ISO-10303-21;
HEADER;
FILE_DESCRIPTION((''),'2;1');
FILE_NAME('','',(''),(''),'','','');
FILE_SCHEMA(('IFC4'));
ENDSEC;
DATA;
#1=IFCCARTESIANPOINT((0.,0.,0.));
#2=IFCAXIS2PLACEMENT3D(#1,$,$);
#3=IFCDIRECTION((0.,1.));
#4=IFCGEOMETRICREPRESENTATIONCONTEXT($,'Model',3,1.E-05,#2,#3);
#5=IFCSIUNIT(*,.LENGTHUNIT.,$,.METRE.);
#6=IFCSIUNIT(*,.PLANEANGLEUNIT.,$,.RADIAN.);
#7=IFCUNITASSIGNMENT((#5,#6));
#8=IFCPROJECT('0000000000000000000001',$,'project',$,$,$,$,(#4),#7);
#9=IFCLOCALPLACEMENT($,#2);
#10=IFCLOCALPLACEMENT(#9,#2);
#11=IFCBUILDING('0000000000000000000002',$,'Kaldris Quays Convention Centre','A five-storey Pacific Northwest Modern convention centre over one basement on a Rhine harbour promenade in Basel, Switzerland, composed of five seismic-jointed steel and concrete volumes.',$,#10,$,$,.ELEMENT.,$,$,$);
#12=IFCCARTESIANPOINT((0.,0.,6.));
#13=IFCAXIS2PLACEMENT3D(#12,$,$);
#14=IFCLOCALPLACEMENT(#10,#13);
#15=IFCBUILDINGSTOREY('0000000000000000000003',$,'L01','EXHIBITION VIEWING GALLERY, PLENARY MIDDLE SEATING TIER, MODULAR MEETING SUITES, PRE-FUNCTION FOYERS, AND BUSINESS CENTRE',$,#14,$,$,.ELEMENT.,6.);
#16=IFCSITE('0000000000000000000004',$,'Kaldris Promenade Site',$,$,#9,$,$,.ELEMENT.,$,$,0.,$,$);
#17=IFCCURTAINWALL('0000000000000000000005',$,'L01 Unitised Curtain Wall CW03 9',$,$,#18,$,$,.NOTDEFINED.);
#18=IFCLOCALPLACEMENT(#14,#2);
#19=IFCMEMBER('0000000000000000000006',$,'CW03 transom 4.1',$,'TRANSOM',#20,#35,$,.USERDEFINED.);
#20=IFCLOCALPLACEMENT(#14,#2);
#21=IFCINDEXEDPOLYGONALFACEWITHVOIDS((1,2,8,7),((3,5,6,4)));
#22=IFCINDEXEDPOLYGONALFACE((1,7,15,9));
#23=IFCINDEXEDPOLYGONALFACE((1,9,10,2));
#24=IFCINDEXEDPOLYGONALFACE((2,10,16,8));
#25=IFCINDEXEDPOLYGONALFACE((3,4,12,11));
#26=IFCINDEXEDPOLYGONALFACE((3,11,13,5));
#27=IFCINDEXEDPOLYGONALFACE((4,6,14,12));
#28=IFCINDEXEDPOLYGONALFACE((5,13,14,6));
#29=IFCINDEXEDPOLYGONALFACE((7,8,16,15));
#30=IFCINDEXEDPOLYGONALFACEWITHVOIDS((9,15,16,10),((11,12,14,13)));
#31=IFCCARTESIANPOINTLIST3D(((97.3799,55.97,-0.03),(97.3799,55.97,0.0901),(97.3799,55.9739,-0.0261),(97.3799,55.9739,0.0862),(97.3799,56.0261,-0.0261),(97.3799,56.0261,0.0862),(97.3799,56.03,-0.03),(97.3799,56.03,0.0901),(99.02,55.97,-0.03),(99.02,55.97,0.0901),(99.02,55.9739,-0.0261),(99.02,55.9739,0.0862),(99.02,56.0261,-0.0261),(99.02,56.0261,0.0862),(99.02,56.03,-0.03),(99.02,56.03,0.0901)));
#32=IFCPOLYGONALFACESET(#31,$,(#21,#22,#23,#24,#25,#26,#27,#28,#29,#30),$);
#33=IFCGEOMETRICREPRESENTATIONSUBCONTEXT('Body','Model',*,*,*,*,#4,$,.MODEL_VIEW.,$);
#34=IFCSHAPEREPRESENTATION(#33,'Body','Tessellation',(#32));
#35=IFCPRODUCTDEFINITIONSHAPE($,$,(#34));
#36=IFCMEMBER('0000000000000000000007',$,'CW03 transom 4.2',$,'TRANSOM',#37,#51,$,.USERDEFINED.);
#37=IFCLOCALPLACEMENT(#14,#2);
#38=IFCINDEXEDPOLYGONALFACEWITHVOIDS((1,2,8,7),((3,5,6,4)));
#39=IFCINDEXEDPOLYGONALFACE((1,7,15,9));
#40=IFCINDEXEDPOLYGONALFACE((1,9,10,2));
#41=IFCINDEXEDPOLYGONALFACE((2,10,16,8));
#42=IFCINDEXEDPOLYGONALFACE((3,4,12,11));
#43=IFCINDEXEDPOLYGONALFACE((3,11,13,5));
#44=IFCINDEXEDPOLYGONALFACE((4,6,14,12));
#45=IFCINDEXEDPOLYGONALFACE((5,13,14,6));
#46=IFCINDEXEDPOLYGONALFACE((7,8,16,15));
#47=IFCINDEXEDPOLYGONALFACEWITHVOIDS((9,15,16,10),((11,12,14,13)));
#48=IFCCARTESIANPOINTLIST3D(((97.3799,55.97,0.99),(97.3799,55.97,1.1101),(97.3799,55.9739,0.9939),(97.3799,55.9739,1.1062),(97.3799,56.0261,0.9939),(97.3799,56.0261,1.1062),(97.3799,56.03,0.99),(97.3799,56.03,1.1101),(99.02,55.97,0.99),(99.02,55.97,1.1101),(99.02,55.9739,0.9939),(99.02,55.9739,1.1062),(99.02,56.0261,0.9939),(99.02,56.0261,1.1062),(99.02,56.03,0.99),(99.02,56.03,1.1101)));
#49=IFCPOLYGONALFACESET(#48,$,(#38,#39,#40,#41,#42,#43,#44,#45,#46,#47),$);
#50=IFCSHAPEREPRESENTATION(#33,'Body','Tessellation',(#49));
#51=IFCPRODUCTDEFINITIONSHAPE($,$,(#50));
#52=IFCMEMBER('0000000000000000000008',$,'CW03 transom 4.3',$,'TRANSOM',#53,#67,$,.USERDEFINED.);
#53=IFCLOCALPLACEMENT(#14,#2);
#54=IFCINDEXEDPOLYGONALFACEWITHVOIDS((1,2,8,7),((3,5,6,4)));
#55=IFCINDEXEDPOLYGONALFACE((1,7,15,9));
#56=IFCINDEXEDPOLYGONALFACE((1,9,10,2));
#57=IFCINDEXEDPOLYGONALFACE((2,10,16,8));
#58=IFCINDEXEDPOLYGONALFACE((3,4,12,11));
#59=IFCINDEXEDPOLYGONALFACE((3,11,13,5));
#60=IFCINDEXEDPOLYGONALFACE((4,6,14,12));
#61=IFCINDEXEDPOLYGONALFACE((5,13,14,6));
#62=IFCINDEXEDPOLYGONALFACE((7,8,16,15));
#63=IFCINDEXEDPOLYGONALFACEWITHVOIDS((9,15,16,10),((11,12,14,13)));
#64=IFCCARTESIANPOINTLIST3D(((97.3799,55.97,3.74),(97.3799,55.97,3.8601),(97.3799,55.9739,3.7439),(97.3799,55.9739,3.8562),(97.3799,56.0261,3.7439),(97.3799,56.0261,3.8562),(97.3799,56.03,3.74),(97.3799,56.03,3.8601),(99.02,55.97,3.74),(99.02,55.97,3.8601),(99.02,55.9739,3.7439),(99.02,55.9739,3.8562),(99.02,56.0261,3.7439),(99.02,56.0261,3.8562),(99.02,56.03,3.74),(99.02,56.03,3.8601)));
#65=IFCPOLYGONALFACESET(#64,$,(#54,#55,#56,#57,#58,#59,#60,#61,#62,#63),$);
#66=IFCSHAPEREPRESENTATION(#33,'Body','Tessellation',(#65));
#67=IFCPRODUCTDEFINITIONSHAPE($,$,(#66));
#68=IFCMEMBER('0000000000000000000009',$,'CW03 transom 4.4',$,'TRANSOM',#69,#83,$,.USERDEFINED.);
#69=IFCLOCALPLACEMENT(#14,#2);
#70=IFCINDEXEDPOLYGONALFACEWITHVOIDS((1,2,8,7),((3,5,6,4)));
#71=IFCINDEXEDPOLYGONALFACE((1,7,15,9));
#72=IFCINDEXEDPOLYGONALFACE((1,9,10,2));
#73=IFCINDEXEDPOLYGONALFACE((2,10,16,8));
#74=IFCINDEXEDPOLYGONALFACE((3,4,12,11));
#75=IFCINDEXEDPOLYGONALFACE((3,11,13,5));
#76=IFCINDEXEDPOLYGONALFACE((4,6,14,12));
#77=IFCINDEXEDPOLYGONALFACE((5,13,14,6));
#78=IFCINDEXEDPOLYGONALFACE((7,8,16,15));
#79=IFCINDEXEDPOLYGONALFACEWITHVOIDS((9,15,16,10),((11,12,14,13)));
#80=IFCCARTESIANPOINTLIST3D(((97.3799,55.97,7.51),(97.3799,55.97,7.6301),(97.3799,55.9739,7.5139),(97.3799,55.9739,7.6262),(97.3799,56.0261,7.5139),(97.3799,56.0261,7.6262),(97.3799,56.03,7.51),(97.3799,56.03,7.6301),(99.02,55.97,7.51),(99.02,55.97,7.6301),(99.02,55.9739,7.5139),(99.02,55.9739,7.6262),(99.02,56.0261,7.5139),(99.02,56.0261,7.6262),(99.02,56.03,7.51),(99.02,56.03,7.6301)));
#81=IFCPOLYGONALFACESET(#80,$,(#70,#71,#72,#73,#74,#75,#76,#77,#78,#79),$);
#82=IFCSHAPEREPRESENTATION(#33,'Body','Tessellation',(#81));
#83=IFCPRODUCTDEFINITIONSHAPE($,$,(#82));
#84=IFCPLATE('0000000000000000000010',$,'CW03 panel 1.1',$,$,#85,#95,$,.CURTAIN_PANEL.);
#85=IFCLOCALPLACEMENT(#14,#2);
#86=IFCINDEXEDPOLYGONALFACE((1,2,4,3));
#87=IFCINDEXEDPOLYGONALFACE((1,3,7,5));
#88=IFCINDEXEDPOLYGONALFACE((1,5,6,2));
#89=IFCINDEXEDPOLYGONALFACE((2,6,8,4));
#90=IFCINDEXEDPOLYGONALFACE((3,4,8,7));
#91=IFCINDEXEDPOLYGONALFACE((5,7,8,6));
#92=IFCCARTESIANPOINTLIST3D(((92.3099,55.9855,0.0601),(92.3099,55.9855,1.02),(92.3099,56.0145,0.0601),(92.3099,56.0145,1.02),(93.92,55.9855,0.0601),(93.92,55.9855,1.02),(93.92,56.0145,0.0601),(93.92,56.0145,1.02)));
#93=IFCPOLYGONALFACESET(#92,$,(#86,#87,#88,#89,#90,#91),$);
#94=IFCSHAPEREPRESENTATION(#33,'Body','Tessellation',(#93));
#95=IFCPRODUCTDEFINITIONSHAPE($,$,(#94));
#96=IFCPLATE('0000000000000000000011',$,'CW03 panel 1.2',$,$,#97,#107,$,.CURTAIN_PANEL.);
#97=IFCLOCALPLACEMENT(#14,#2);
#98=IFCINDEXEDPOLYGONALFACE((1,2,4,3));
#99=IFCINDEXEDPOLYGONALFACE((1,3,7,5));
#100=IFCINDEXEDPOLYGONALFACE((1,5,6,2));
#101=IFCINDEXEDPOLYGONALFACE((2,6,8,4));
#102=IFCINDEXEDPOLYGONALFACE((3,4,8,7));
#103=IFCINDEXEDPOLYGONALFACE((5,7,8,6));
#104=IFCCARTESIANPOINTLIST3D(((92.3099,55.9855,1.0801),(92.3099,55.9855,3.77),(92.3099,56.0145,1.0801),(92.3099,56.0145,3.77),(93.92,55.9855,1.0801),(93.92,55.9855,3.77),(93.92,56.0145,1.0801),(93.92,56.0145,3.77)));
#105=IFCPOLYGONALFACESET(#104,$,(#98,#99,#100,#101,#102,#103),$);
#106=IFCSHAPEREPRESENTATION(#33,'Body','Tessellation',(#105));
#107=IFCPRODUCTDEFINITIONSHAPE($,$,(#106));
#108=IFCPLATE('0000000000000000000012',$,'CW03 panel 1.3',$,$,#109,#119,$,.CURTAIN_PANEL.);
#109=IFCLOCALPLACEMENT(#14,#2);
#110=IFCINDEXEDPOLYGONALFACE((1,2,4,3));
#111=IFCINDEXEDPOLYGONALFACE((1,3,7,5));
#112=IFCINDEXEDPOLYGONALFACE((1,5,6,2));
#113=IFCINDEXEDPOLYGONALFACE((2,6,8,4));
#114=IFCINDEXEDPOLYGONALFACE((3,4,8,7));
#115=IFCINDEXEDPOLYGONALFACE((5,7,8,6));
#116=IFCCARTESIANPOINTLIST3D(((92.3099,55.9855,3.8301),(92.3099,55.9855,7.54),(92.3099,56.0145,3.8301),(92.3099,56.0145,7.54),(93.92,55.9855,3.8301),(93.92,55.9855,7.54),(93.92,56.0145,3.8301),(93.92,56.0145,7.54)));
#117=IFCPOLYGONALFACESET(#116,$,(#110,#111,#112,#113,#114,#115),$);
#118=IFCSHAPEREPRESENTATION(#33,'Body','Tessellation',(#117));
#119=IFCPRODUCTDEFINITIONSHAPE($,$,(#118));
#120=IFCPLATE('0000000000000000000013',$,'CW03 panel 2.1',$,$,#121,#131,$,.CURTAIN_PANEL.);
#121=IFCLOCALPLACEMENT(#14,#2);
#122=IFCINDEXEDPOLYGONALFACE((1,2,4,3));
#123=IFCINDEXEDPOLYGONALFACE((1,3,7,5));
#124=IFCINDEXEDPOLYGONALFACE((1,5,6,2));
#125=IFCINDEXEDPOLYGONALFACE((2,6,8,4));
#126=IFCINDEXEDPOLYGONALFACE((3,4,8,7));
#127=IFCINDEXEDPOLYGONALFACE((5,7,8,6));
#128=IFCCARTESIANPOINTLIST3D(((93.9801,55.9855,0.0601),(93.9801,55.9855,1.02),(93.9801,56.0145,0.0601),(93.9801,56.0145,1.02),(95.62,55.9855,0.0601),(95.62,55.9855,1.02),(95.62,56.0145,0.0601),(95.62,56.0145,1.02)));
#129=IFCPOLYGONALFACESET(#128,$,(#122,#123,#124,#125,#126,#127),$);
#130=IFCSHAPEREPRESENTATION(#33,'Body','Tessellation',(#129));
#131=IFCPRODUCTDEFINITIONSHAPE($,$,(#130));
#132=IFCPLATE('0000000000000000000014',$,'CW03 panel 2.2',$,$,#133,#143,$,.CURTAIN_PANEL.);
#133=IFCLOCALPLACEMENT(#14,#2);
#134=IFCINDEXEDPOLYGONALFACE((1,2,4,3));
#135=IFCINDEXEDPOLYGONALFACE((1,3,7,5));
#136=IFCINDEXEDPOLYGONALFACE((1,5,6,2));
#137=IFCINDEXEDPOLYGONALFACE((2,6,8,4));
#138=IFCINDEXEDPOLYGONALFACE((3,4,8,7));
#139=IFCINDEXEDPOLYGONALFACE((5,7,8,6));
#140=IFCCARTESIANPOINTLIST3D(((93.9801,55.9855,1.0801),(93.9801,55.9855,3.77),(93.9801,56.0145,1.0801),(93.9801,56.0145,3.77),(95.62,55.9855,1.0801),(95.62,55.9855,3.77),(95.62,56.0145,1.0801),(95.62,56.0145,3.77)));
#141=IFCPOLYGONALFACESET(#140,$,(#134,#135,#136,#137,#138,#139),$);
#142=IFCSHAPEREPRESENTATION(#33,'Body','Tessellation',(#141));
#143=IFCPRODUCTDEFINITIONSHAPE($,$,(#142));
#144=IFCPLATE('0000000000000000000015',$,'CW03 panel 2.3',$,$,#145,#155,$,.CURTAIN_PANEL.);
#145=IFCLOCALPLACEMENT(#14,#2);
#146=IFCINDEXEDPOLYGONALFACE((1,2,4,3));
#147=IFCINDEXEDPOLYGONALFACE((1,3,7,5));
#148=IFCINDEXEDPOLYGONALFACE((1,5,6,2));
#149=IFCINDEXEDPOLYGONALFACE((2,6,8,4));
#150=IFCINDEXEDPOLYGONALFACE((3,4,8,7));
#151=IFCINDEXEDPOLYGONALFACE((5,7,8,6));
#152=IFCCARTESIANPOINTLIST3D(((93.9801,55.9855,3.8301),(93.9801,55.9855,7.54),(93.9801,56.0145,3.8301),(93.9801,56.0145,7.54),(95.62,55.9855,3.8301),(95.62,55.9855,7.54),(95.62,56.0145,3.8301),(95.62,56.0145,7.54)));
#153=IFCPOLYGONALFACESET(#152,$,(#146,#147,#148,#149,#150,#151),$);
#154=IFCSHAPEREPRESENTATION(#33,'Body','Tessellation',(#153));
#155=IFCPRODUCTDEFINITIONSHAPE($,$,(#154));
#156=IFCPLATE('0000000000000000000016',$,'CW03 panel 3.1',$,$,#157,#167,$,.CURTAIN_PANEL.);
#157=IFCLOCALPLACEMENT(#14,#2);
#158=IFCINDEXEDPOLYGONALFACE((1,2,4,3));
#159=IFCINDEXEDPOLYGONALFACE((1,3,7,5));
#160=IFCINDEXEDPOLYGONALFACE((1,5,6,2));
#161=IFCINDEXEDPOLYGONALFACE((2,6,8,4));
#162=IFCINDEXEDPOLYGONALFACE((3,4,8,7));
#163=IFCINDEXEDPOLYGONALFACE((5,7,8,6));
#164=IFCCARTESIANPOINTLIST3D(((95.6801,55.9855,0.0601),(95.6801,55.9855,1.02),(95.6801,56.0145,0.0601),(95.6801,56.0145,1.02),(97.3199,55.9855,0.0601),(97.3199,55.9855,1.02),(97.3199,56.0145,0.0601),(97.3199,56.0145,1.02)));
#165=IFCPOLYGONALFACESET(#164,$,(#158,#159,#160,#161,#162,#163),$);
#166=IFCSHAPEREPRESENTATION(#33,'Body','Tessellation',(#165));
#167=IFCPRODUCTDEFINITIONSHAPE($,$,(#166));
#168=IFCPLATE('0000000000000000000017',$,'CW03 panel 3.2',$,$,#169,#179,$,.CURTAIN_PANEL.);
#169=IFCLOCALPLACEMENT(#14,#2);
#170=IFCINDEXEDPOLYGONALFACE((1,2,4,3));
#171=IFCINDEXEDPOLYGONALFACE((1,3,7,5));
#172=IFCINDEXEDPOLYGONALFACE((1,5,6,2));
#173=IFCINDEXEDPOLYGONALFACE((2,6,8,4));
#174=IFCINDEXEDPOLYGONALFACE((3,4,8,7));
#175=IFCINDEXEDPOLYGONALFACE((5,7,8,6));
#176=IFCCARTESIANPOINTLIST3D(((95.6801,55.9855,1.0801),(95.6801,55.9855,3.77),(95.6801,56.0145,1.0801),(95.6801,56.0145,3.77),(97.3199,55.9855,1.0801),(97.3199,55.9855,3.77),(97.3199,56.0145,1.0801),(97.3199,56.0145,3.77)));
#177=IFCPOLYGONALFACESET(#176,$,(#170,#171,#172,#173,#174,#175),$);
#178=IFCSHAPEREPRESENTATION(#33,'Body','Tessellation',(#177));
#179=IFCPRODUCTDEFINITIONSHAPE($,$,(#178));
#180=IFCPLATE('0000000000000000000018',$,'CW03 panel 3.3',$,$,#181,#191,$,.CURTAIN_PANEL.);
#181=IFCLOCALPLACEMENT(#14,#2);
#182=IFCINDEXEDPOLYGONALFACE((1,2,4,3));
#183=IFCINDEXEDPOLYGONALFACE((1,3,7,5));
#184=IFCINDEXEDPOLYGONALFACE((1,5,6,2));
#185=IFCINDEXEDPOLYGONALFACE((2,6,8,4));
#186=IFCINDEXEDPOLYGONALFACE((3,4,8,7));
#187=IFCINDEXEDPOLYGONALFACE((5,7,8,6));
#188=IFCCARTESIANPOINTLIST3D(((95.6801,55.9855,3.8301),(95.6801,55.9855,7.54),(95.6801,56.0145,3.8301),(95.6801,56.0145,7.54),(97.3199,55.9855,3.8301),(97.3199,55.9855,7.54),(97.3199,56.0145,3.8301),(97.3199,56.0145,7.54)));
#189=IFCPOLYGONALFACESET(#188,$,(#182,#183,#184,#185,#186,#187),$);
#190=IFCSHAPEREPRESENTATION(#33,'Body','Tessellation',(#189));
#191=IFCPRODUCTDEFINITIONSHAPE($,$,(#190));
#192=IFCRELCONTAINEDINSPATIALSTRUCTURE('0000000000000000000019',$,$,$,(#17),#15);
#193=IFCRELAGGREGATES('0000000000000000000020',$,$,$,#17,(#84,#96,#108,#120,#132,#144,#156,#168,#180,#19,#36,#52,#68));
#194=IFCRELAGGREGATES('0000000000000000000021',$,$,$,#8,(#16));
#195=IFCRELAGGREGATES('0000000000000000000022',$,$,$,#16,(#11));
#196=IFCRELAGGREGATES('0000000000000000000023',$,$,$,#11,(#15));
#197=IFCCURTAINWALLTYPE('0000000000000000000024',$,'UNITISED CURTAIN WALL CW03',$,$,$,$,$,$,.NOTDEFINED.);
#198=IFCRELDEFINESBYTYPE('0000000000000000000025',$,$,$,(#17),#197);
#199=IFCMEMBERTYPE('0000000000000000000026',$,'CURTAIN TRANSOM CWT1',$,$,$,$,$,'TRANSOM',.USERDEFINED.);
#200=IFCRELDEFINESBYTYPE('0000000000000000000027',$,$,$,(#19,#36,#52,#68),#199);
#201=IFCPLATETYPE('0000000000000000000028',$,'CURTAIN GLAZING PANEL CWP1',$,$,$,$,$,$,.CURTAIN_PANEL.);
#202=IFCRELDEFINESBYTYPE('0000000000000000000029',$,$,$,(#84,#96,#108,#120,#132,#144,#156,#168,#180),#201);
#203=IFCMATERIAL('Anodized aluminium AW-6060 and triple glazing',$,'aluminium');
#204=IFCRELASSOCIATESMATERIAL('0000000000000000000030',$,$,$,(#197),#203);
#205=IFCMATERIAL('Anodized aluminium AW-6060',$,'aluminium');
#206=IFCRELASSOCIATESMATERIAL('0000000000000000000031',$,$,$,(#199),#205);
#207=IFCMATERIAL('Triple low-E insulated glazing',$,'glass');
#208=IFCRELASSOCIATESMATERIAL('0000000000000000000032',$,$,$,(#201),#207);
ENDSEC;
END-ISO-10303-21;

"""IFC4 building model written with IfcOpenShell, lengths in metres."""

from ifc_helpers import new_model, si_unit, direction, frame, origin, origin_2d, place, context, subcontext, project, spatial, rectangle, hollow_rectangle, extrude, material, material_profile, profile_set, type_object, element, aggregate, save


model = new_model("IFC4")

# Units and contexts
model_context = context("Model", 3, precision=1e-05, world=origin(), true_north=direction((0.0, 1.0)))
body_context = subcontext(model_context, "Body", "Model", "MODEL_VIEW")
ifc_project = project(units=[si_unit("LENGTHUNIT", "METRE"), si_unit("PLANEANGLEUNIT", "RADIAN")], contexts=[model_context])

# Site, building, storey
site_placement = place(None, origin())
site = spatial("IfcSite", under=ifc_project, at=site_placement, Name="Kaldris Promenade Site", CompositionType="ELEMENT", RefElevation=0.0)
building_placement = place(site_placement, origin())
building = spatial("IfcBuilding", under=site, at=building_placement, Name="Kaldris Quays Convention Centre", Description="A five-storey Pacific Northwest Modern convention centre over one basement on a Rhine harbour promenade in Basel, Switzerland, composed of five seismic-jointed steel and concrete volumes.", CompositionType="ELEMENT")
storey_placement = place(building_placement, frame((0.0, 0.0, 6.0)))
storey = spatial("IfcBuildingStorey", under=building, at=storey_placement, Name="L01", Description="EXHIBITION VIEWING GALLERY, PLENARY MIDDLE SEATING TIER, MODULAR MEETING SUITES, PRE-FUNCTION FOYERS, AND BUSINESS CENTRE", CompositionType="ELEMENT", Elevation=6.0)

# Curtain wall, members, plates
ifc_material_1 = material(Name="Anodized aluminium AW-6060 and triple glazing", Category="aluminium")
curtain_wall_type = type_object("IfcCurtainWallType", Name="UNITISED CURTAIN WALL CW03", PredefinedType="NOTDEFINED", material=ifc_material_1)
curtain_wall_placement = place(storey_placement, origin())
curtain_wall = element("IfcCurtainWall", 1, at=curtain_wall_placement, inside=storey, type_object=curtain_wall_type, Name="L01 Unitised Curtain Wall CW03 9", PredefinedType="NOTDEFINED")
ifc_material_2 = material(Name="Anodized aluminium AW-6060", Category="aluminium")
ifc_material_profile_1 = material_profile(ifc_material_2, hollow_rectangle(XDim=0.0601, YDim=0.1201, WallThickness=0.0039, at=origin_2d()), Name="RHS 120x60x4")
ifc_profile_set_1 = profile_set([ifc_material_profile_1], Name="Anodized aluminium AW-6060")
member_type_1 = type_object("IfcMemberType", Name="CURTAIN TRANSOM CWT1", ElementType="TRANSOM", PredefinedType="USERDEFINED", material=ifc_profile_set_1)
member_1_placement = place(storey_placement, frame((97.3799, 56.0, 0.03), z_axis=(1.0, 0.0, 0.0), x_axis=(0.0, 1.0, 0.0)))
member_1 = element("IfcMember", 2, at=member_1_placement, type_object=member_type_1, Name="CW03 transom 4.1", ObjectType="TRANSOM", PredefinedType="USERDEFINED", context=body_context, shape_type="SweptSolid", body=[
    extrude(hollow_rectangle(XDim=0.0601, YDim=0.1201, WallThickness=0.0039, at=origin_2d()), origin(), (0.0, 0.0, 1.0), 1.6401),
])
member_2_placement = place(storey_placement, frame((97.3799, 56.0, 1.05), z_axis=(1.0, 0.0, 0.0), x_axis=(0.0, 1.0, 0.0)))
member_2 = element("IfcMember", 3, at=member_2_placement, type_object=member_type_1, Name="CW03 transom 4.2", ObjectType="TRANSOM", PredefinedType="USERDEFINED", context=body_context, shape_type="SweptSolid", body=[
    extrude(hollow_rectangle(XDim=0.0601, YDim=0.1201, WallThickness=0.0039, at=origin_2d()), origin(), (0.0, 0.0, 1.0), 1.6401),
])
member_3_placement = place(storey_placement, frame((97.3799, 56.0, 3.8), z_axis=(1.0, 0.0, 0.0), x_axis=(0.0, 1.0, 0.0)))
member_3 = element("IfcMember", 4, at=member_3_placement, type_object=member_type_1, Name="CW03 transom 4.3", ObjectType="TRANSOM", PredefinedType="USERDEFINED", context=body_context, shape_type="SweptSolid", body=[
    extrude(hollow_rectangle(XDim=0.0601, YDim=0.1201, WallThickness=0.0039, at=origin_2d()), origin(), (0.0, 0.0, 1.0), 1.6401),
])
member_4_placement = place(storey_placement, frame((97.3799, 56.0, 7.5701), z_axis=(1.0, 0.0, 0.0), x_axis=(0.0, 1.0, 0.0)))
member_4 = element("IfcMember", 5, at=member_4_placement, type_object=member_type_1, Name="CW03 transom 4.4", ObjectType="TRANSOM", PredefinedType="USERDEFINED", context=body_context, shape_type="SweptSolid", body=[
    extrude(hollow_rectangle(XDim=0.0601, YDim=0.1201, WallThickness=0.0039, at=origin_2d()), origin(), (0.0, 0.0, 1.0), 1.6401),
])
ifc_material_3 = material(Name="Triple low-E insulated glazing", Category="glass")
plate_type = type_object("IfcPlateType", Name="CURTAIN GLAZING PANEL CWP1", PredefinedType="CURTAIN_PANEL", material=ifc_material_3)
plate_1_placement = place(storey_placement, frame((93.115, 56.0, 0.0601), z_axis=(0.0, 0.0, 1.0), x_axis=(1.0, 0.0, 0.0)))
plate_1 = element("IfcPlate", 6, at=plate_1_placement, type_object=plate_type, Name="CW03 panel 1.1", PredefinedType="CURTAIN_PANEL", context=body_context, shape_type="SweptSolid", body=[
    extrude(rectangle(XDim=1.6101, YDim=0.0291, at=origin_2d()), origin(), (0.0, 0.0, 1.0), 0.96),
])
plate_2_placement = place(storey_placement, frame((93.115, 56.0, 1.0801), z_axis=(0.0, 0.0, 1.0), x_axis=(1.0, 0.0, 0.0)))
plate_2 = element("IfcPlate", 7, at=plate_2_placement, type_object=plate_type, Name="CW03 panel 1.2", PredefinedType="CURTAIN_PANEL", context=body_context, shape_type="SweptSolid", body=[
    extrude(rectangle(XDim=1.6101, YDim=0.0291, at=origin_2d()), origin(), (0.0, 0.0, 1.0), 2.6899),
])
plate_3_placement = place(storey_placement, frame((93.115, 56.0, 3.8301), z_axis=(0.0, 0.0, 1.0), x_axis=(1.0, 0.0, 0.0)))
plate_3 = element("IfcPlate", 8, at=plate_3_placement, type_object=plate_type, Name="CW03 panel 1.3", PredefinedType="CURTAIN_PANEL", context=body_context, shape_type="SweptSolid", body=[
    extrude(rectangle(XDim=1.6101, YDim=0.0291, at=origin_2d()), origin(), (0.0, 0.0, 1.0), 3.71),
])
plate_4_placement = place(storey_placement, frame((94.8, 56.0, 0.0601), z_axis=(0.0, 0.0, 1.0), x_axis=(1.0, 0.0, 0.0)))
plate_4 = element("IfcPlate", 9, at=plate_4_placement, type_object=plate_type, Name="CW03 panel 2.1", PredefinedType="CURTAIN_PANEL", context=body_context, shape_type="SweptSolid", body=[
    extrude(rectangle(XDim=1.6399, YDim=0.0291, at=origin_2d()), origin(), (0.0, 0.0, 1.0), 0.96),
])
plate_5_placement = place(storey_placement, frame((94.8, 56.0, 1.0801), z_axis=(0.0, 0.0, 1.0), x_axis=(1.0, 0.0, 0.0)))
plate_5 = element("IfcPlate", 10, at=plate_5_placement, type_object=plate_type, Name="CW03 panel 2.2", PredefinedType="CURTAIN_PANEL", context=body_context, shape_type="SweptSolid", body=[
    extrude(rectangle(XDim=1.6399, YDim=0.0291, at=origin_2d()), origin(), (0.0, 0.0, 1.0), 2.6899),
])
plate_6_placement = place(storey_placement, frame((94.8, 56.0, 3.8301), z_axis=(0.0, 0.0, 1.0), x_axis=(1.0, 0.0, 0.0)))
plate_6 = element("IfcPlate", 11, at=plate_6_placement, type_object=plate_type, Name="CW03 panel 2.3", PredefinedType="CURTAIN_PANEL", context=body_context, shape_type="SweptSolid", body=[
    extrude(rectangle(XDim=1.6399, YDim=0.0291, at=origin_2d()), origin(), (0.0, 0.0, 1.0), 3.71),
])
plate_7_placement = place(storey_placement, frame((96.5, 56.0, 0.0601), z_axis=(0.0, 0.0, 1.0), x_axis=(1.0, 0.0, 0.0)))
plate_7 = element("IfcPlate", 12, at=plate_7_placement, type_object=plate_type, Name="CW03 panel 3.1", PredefinedType="CURTAIN_PANEL", context=body_context, shape_type="SweptSolid", body=[
    extrude(rectangle(XDim=1.6399, YDim=0.0291, at=origin_2d()), origin(), (0.0, 0.0, 1.0), 0.96),
])
plate_8_placement = place(storey_placement, frame((96.5, 56.0, 1.0801), z_axis=(0.0, 0.0, 1.0), x_axis=(1.0, 0.0, 0.0)))
plate_8 = element("IfcPlate", 13, at=plate_8_placement, type_object=plate_type, Name="CW03 panel 3.2", PredefinedType="CURTAIN_PANEL", context=body_context, shape_type="SweptSolid", body=[
    extrude(rectangle(XDim=1.6399, YDim=0.0291, at=origin_2d()), origin(), (0.0, 0.0, 1.0), 2.6899),
])
plate_9_placement = place(storey_placement, frame((96.5, 56.0, 3.8301), z_axis=(0.0, 0.0, 1.0), x_axis=(1.0, 0.0, 0.0)))
plate_9 = element("IfcPlate", 14, at=plate_9_placement, type_object=plate_type, Name="CW03 panel 3.3", PredefinedType="CURTAIN_PANEL", context=body_context, shape_type="SweptSolid", body=[
    extrude(rectangle(XDim=1.6399, YDim=0.0291, at=origin_2d()), origin(), (0.0, 0.0, 1.0), 3.71),
])
aggregate(curtain_wall, [plate_1, plate_2, plate_3, plate_4, plate_5, plate_6, plate_7, plate_8, plate_9, member_1, member_2, member_3, member_4])

save(model, "model.ifc")
